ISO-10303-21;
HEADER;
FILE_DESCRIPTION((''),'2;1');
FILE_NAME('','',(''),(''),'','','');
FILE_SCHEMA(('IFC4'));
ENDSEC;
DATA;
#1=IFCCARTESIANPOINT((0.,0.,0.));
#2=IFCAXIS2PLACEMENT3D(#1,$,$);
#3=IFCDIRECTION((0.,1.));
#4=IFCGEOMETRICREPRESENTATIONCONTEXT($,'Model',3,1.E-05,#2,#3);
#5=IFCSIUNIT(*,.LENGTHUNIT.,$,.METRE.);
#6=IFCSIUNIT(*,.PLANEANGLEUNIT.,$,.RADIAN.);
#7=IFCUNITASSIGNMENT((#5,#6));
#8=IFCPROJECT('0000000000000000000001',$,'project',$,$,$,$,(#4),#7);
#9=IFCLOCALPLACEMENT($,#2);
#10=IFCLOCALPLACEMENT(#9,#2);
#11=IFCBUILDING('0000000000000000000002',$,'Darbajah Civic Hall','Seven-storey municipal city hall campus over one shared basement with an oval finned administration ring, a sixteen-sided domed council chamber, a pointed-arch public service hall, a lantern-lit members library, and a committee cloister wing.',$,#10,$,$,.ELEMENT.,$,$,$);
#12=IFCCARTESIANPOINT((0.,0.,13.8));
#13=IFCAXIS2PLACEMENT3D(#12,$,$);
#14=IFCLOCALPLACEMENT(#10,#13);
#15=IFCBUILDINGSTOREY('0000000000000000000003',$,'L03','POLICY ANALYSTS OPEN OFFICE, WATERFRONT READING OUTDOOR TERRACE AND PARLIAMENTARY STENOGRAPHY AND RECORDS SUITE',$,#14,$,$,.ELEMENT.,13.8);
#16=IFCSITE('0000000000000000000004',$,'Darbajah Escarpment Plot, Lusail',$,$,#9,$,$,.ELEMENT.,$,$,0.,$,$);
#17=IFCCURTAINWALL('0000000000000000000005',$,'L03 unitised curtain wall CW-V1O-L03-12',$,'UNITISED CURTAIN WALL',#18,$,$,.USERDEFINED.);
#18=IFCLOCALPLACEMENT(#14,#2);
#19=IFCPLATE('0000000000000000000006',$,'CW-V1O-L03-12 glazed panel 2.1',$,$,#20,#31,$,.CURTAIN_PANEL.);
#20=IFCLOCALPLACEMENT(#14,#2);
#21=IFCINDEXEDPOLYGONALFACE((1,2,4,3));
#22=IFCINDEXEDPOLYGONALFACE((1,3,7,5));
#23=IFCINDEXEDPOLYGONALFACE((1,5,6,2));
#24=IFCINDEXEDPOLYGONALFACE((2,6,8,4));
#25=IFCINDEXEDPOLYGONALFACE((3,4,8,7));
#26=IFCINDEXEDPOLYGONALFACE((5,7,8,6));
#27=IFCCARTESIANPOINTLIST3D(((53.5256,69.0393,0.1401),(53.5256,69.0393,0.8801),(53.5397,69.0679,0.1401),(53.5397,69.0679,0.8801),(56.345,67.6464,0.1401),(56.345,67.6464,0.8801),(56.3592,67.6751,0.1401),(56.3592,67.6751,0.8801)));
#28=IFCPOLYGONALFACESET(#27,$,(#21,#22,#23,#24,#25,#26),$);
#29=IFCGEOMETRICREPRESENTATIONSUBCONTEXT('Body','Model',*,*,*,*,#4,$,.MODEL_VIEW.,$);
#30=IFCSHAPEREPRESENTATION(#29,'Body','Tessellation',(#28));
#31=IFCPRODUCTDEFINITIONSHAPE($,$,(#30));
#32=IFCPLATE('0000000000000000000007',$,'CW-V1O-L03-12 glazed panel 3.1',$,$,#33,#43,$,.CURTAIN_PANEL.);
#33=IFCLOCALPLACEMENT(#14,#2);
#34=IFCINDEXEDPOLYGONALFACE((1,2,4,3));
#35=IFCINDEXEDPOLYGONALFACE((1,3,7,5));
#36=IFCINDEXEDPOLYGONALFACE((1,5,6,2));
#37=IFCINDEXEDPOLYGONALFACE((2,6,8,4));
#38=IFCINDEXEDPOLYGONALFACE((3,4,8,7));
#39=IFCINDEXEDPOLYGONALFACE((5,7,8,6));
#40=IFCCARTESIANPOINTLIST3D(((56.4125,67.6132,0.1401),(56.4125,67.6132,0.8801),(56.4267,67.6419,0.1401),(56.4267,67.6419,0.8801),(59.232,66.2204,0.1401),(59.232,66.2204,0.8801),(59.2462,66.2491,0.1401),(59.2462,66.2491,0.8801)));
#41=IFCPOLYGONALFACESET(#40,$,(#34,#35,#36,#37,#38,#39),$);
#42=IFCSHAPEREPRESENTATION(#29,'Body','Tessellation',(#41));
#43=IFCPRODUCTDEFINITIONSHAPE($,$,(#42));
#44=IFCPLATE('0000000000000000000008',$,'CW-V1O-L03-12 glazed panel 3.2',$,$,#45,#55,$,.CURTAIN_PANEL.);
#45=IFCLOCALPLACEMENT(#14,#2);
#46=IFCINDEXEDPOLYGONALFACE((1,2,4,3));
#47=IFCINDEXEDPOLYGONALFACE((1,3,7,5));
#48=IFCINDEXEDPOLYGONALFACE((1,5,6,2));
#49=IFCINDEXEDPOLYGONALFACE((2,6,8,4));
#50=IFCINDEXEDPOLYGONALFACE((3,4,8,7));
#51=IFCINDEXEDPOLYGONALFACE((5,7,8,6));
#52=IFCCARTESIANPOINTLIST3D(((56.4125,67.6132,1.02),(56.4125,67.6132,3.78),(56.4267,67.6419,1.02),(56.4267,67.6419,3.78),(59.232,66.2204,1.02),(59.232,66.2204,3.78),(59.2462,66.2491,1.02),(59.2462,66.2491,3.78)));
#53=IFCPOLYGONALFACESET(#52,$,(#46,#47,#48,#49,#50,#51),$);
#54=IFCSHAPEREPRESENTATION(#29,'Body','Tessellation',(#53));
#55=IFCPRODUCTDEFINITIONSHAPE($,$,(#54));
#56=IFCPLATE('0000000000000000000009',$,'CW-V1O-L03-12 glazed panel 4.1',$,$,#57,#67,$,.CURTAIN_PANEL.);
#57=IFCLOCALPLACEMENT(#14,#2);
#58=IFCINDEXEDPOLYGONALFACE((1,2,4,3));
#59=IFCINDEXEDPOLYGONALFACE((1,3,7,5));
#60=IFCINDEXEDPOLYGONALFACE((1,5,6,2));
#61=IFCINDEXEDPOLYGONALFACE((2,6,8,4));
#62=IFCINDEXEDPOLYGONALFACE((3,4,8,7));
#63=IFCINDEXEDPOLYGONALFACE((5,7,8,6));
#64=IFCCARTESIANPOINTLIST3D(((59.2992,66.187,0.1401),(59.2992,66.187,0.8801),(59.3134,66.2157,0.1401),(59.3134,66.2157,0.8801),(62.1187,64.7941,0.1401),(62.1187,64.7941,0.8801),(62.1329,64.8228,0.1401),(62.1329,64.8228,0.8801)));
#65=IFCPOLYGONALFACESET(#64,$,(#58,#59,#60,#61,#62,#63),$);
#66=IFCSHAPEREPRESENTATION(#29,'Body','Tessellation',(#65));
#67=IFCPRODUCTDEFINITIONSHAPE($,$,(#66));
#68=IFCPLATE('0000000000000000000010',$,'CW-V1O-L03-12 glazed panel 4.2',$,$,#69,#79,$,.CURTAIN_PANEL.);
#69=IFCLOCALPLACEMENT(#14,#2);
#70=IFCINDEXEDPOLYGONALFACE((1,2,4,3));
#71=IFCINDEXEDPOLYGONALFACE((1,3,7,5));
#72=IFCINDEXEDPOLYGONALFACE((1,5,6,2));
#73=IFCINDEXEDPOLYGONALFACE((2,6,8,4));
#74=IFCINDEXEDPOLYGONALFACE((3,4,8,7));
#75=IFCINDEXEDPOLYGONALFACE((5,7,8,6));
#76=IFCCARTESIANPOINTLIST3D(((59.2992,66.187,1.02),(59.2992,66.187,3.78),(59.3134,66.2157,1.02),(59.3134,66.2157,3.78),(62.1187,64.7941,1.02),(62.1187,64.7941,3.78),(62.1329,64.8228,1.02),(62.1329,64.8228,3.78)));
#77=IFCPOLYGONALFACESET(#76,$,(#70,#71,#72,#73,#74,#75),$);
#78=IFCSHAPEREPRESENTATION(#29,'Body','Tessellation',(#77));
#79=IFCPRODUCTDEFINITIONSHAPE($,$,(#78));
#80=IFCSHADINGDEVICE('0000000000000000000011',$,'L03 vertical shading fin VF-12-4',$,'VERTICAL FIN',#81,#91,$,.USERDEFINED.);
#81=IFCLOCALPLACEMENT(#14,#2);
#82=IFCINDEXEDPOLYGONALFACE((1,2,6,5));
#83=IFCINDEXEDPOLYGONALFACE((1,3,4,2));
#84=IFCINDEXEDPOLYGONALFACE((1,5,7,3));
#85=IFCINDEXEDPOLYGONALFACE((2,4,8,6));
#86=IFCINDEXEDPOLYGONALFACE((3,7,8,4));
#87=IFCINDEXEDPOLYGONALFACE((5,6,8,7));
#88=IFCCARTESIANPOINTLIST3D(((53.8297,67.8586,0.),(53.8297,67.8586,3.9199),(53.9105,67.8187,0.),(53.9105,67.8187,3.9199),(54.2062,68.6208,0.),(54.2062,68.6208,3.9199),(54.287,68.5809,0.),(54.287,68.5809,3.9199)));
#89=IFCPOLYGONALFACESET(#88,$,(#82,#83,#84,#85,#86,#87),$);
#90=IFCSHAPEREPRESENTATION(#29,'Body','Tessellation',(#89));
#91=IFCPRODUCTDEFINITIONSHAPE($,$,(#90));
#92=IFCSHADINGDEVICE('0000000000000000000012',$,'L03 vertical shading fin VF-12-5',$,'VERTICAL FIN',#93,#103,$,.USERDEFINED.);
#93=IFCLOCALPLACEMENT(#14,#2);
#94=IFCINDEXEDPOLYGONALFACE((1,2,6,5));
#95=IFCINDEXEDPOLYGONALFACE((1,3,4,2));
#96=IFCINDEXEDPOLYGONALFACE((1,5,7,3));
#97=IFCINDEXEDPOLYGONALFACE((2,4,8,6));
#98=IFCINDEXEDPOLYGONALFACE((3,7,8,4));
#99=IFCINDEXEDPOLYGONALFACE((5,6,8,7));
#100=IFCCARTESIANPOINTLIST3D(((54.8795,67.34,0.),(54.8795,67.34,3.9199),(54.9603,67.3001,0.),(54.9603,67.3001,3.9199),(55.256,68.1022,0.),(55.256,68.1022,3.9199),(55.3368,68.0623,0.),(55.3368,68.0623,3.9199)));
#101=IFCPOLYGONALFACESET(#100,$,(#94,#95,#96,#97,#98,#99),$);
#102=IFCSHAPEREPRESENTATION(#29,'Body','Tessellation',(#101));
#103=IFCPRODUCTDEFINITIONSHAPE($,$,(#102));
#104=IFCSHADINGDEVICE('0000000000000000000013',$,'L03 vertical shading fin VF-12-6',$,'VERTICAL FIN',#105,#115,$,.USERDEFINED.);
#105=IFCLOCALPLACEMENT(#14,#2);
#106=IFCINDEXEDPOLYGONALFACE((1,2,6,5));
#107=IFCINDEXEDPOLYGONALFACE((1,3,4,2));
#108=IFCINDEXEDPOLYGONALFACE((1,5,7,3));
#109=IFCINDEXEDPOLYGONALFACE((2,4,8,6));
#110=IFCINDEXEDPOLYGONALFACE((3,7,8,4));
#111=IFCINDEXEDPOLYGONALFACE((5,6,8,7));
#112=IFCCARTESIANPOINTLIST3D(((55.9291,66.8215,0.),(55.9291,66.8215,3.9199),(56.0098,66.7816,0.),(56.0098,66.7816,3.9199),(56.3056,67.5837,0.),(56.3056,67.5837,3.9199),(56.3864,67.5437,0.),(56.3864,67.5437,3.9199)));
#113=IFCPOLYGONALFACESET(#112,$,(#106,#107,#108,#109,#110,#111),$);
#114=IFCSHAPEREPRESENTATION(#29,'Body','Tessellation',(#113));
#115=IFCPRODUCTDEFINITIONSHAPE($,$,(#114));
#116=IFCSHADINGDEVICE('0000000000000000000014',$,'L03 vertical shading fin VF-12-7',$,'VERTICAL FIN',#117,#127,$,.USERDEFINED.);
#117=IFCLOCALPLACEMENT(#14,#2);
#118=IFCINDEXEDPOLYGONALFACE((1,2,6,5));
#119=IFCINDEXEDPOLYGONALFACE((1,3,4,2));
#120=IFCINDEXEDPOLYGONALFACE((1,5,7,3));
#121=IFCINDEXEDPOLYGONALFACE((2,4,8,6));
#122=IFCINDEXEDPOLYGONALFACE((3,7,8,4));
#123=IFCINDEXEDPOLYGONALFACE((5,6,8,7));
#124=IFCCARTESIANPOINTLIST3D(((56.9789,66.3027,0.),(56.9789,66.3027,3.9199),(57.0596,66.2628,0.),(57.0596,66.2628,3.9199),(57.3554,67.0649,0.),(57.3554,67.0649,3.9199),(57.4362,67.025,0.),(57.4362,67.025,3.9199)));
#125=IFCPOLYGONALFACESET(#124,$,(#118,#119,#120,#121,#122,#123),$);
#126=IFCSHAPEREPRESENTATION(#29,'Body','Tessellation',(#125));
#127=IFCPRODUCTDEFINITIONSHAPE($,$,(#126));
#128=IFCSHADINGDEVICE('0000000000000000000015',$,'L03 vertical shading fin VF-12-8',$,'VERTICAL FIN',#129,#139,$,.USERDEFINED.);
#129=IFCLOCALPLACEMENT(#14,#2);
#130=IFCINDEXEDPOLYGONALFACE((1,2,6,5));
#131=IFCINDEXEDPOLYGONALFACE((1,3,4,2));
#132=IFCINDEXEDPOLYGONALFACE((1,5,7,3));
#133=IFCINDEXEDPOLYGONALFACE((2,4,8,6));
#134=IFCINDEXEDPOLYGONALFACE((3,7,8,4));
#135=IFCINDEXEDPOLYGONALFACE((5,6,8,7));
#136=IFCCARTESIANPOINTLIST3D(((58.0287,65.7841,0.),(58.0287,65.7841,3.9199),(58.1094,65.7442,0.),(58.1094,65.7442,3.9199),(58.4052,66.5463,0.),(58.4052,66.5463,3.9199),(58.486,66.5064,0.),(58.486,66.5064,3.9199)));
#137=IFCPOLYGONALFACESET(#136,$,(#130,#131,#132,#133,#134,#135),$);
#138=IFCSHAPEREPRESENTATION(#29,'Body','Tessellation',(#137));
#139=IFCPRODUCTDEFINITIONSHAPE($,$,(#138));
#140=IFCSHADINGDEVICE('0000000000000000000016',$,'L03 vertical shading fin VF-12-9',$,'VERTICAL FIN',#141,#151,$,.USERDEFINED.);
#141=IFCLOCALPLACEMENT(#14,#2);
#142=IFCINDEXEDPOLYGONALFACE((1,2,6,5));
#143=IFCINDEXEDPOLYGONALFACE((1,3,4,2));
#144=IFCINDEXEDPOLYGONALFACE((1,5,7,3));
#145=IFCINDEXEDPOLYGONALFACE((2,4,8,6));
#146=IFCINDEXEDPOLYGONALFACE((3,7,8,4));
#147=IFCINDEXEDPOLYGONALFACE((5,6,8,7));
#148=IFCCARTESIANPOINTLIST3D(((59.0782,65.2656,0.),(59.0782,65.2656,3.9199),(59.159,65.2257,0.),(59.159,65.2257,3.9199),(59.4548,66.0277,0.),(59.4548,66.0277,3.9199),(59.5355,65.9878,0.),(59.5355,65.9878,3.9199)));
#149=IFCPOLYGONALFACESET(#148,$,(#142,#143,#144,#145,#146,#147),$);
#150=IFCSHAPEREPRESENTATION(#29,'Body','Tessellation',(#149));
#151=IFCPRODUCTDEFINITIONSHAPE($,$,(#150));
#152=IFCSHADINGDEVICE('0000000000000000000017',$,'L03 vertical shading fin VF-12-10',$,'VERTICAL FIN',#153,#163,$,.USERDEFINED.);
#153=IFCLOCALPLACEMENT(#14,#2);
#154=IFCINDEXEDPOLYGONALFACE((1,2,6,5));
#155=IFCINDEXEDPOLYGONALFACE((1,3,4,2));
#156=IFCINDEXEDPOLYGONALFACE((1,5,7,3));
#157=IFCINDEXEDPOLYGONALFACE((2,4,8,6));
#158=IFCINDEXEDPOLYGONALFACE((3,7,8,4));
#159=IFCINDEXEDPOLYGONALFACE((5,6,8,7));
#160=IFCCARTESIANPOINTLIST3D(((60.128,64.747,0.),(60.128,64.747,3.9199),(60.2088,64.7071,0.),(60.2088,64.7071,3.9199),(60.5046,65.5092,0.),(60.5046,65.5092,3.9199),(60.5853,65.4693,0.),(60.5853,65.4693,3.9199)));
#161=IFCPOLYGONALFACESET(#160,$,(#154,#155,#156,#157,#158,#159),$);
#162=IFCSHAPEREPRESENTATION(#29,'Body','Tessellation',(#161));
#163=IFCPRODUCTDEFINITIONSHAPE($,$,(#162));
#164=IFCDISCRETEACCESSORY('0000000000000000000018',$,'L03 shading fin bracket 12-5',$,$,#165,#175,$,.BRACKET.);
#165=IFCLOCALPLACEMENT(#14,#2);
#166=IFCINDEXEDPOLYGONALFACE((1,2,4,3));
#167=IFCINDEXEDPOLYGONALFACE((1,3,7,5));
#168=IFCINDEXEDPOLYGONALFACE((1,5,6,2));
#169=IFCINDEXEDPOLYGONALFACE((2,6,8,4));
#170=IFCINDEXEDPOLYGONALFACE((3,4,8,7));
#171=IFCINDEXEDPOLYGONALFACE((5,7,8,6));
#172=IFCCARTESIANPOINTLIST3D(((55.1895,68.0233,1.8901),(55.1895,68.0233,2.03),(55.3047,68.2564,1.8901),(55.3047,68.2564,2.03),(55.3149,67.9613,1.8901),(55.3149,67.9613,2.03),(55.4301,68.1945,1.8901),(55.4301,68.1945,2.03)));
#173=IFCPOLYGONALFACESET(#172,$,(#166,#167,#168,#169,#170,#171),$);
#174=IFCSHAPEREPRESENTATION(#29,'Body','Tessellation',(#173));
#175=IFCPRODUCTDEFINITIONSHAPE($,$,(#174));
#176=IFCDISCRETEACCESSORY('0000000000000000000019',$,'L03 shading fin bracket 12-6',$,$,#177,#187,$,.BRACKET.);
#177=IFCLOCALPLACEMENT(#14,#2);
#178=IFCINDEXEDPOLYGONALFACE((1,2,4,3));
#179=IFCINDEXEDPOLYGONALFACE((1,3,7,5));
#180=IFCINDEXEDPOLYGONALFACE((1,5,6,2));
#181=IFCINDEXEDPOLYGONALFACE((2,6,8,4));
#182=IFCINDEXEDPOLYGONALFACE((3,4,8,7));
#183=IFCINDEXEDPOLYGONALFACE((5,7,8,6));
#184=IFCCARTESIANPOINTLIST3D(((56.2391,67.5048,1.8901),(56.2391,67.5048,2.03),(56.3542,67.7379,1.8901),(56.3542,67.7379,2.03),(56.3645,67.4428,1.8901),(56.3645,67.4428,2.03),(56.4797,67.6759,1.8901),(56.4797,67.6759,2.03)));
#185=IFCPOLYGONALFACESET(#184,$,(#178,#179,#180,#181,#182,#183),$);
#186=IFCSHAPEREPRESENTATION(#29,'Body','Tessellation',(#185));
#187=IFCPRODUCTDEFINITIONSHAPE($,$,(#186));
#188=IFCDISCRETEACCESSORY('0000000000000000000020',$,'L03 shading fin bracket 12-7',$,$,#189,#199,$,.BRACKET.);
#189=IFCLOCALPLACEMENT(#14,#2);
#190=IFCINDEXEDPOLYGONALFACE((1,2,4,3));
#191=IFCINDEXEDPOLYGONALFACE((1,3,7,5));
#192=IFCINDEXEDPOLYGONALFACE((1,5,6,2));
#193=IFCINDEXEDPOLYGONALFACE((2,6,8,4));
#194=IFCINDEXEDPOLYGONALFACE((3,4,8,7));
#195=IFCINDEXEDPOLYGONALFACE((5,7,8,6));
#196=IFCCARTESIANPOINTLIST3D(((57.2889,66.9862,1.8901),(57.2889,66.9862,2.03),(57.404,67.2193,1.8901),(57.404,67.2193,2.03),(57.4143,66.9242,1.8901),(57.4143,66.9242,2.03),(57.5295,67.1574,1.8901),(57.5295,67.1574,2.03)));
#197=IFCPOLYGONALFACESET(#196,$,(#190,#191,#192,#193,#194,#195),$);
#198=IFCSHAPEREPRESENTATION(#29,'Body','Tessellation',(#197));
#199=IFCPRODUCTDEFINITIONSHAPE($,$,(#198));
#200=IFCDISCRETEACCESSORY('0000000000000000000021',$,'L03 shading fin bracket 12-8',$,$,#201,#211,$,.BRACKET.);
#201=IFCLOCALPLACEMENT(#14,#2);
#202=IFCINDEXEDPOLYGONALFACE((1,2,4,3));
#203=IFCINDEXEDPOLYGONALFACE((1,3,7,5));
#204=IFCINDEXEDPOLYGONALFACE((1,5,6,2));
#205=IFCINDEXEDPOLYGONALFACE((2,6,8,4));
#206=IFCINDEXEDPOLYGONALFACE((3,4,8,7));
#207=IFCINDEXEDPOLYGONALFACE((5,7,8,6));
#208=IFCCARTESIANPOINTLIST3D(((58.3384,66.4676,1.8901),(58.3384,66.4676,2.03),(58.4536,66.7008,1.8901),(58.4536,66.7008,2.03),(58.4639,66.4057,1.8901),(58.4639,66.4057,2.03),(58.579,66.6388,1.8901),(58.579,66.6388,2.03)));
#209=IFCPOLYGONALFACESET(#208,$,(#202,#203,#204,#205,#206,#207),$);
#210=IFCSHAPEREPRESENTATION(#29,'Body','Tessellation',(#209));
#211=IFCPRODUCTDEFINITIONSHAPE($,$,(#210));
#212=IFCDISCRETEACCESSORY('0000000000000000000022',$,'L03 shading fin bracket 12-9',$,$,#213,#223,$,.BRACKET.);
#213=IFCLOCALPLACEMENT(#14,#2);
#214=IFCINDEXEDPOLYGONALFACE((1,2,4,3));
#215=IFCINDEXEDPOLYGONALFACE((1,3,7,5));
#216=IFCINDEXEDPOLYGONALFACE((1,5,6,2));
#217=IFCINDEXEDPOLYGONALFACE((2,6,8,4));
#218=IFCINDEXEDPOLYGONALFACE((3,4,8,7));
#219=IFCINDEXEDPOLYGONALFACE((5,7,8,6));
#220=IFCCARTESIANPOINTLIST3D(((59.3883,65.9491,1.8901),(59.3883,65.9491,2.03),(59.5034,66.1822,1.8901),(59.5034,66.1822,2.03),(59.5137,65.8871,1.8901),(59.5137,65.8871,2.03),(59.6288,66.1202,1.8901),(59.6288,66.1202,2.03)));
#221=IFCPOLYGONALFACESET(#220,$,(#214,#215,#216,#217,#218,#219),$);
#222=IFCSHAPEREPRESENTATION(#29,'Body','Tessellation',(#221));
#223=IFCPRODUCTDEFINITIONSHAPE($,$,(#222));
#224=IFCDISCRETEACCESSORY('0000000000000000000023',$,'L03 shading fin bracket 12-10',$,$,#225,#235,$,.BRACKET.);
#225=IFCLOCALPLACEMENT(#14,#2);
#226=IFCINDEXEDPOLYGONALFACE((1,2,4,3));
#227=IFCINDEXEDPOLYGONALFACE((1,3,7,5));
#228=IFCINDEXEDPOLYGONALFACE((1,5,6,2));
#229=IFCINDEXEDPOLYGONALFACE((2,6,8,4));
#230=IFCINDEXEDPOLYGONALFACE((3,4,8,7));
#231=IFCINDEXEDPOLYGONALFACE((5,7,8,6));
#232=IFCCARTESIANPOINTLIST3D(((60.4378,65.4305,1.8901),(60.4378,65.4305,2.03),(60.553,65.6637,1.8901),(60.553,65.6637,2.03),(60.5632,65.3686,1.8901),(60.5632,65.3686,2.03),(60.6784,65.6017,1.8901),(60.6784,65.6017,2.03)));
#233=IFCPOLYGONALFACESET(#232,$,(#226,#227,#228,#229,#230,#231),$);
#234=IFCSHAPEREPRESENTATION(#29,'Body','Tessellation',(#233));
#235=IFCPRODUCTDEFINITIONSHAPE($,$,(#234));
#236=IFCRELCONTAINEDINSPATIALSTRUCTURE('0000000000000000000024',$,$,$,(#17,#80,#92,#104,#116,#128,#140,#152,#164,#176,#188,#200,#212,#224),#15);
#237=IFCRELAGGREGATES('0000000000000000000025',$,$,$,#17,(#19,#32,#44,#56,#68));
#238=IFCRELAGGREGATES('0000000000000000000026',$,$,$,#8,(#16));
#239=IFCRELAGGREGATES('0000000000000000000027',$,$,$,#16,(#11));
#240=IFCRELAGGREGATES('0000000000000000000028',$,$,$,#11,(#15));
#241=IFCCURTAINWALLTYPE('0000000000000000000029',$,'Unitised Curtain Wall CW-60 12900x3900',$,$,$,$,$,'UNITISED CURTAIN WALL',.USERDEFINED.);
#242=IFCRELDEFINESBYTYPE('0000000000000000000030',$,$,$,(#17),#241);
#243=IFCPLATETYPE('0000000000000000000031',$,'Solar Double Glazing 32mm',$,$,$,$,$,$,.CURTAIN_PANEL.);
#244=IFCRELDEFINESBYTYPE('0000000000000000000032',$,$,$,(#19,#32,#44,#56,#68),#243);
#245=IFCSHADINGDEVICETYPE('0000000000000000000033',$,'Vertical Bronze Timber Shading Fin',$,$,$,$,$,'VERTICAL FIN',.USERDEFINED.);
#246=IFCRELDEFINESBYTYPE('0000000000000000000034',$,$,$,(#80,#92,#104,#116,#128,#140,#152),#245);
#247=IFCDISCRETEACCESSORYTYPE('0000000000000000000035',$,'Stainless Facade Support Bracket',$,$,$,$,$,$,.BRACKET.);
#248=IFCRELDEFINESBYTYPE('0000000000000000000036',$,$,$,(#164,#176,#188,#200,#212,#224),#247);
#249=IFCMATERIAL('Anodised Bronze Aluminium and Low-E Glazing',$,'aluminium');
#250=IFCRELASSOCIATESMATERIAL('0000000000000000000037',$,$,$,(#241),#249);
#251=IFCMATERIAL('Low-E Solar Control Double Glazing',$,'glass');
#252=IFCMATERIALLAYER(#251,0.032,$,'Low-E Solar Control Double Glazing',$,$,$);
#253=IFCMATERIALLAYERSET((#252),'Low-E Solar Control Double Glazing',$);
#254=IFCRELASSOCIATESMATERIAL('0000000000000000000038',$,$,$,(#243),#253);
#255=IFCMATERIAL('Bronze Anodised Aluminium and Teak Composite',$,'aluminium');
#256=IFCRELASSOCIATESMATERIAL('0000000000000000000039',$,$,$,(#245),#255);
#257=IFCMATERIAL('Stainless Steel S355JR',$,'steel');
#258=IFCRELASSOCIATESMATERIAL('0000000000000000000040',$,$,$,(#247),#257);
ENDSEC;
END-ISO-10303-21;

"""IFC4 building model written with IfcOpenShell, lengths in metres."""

from ifc_helpers import new_model, si_unit, direction, frame, origin, origin_2d, place, context, subcontext, project, spatial, rectangle, extrude, material, layer, layer_set, type_object, element, aggregate, save


model = new_model("IFC4")

# Units and contexts
model_context = context("Model", 3, precision=1e-05, world=origin(), true_north=direction((0.0, 1.0)))
body_context = subcontext(model_context, "Body", "Model", "MODEL_VIEW")
ifc_project = project(units=[si_unit("LENGTHUNIT", "METRE"), si_unit("PLANEANGLEUNIT", "RADIAN")], contexts=[model_context])

# Site, building, storey
site_placement = place(None, origin())
site = spatial("IfcSite", under=ifc_project, at=site_placement, Name="Darbajah Escarpment Plot, Lusail", CompositionType="ELEMENT", RefElevation=0.0)
building_placement = place(site_placement, origin())
building = spatial("IfcBuilding", under=site, at=building_placement, Name="Darbajah Civic Hall", Description="Seven-storey municipal city hall campus over one shared basement with an oval finned administration ring, a sixteen-sided domed council chamber, a pointed-arch public service hall, a lantern-lit members library, and a committee cloister wing.", CompositionType="ELEMENT")
storey_placement = place(building_placement, frame((0.0, 0.0, 13.8)))
storey = spatial("IfcBuildingStorey", under=building, at=storey_placement, Name="L03", Description="POLICY ANALYSTS OPEN OFFICE, WATERFRONT READING OUTDOOR TERRACE AND PARLIAMENTARY STENOGRAPHY AND RECORDS SUITE", CompositionType="ELEMENT", Elevation=13.8)

# Curtain wall
ifc_material_1 = material(Name="Anodised Bronze Aluminium and Low-E Glazing", Category="aluminium")
curtain_wall_type = type_object("IfcCurtainWallType", Name="Unitised Curtain Wall CW-60 12900x3900", ElementType="UNITISED CURTAIN WALL", PredefinedType="USERDEFINED", material=ifc_material_1)
curtain_wall_placement = place(storey_placement, origin())
curtain_wall = element("IfcCurtainWall", 1, at=curtain_wall_placement, inside=storey, type_object=curtain_wall_type, Name="L03 unitised curtain wall CW-V1O-L03-12", ObjectType="UNITISED CURTAIN WALL", PredefinedType="USERDEFINED")

# Plates
ifc_material_2 = material(Name="Low-E Solar Control Double Glazing", Category="glass")
ifc_layer = layer(ifc_material_2, 0.032, Name="Low-E Solar Control Double Glazing")
ifc_layer_set = layer_set([ifc_layer], Name="Low-E Solar Control Double Glazing")
plate_type = type_object("IfcPlateType", Name="Solar Double Glazing 32mm", PredefinedType="CURTAIN_PANEL", material=ifc_layer_set)
plate_1_placement = place(storey_placement, frame((54.9424, 68.3572, 0.1401), z_axis=(0.0, 0.0, 1.0), x_axis=(0.896564, -0.442915, 0.0)))
plate_1 = element("IfcPlate", 2, at=plate_1_placement, type_object=plate_type, Name="CW-V1O-L03-12 glazed panel 2.1", PredefinedType="CURTAIN_PANEL", context=body_context, shape_type="SweptSolid", body=[
    extrude(rectangle(XDim=3.1448, YDim=0.032, at=origin_2d()), origin(), (0.0, 0.0, 1.0), 0.74),
])
plate_2_placement = place(storey_placement, frame((57.8293, 66.9312, 0.1401), z_axis=(0.0, 0.0, 1.0), x_axis=(0.896564, -0.442915, 0.0)))
plate_2 = element("IfcPlate", 3, at=plate_2_placement, type_object=plate_type, Name="CW-V1O-L03-12 glazed panel 3.1", PredefinedType="CURTAIN_PANEL", context=body_context, shape_type="SweptSolid", body=[
    extrude(rectangle(XDim=3.1448, YDim=0.032, at=origin_2d()), origin(), (0.0, 0.0, 1.0), 0.74),
])
plate_3_placement = place(storey_placement, frame((57.8293, 66.9312, 1.02), z_axis=(0.0, 0.0, 1.0), x_axis=(0.896564, -0.442915, 0.0)))
plate_3 = element("IfcPlate", 4, at=plate_3_placement, type_object=plate_type, Name="CW-V1O-L03-12 glazed panel 3.2", PredefinedType="CURTAIN_PANEL", context=body_context, shape_type="SweptSolid", body=[
    extrude(rectangle(XDim=3.1448, YDim=0.032, at=origin_2d()), origin(), (0.0, 0.0, 1.0), 2.76),
])
plate_4_placement = place(storey_placement, frame((60.7161, 65.5049, 0.1401), z_axis=(0.0, 0.0, 1.0), x_axis=(0.896564, -0.442915, 0.0)))
plate_4 = element("IfcPlate", 5, at=plate_4_placement, type_object=plate_type, Name="CW-V1O-L03-12 glazed panel 4.1", PredefinedType="CURTAIN_PANEL", context=body_context, shape_type="SweptSolid", body=[
    extrude(rectangle(XDim=3.1448, YDim=0.032, at=origin_2d()), origin(), (0.0, 0.0, 1.0), 0.74),
])
plate_5_placement = place(storey_placement, frame((60.7161, 65.5049, 1.02), z_axis=(0.0, 0.0, 1.0), x_axis=(0.896564, -0.442915, 0.0)))
plate_5 = element("IfcPlate", 6, at=plate_5_placement, type_object=plate_type, Name="CW-V1O-L03-12 glazed panel 4.2", PredefinedType="CURTAIN_PANEL", context=body_context, shape_type="SweptSolid", body=[
    extrude(rectangle(XDim=3.1448, YDim=0.032, at=origin_2d()), origin(), (0.0, 0.0, 1.0), 2.76),
])
aggregate(curtain_wall, [plate_1, plate_2, plate_3, plate_4, plate_5])

# Shading devices
ifc_material_3 = material(Name="Bronze Anodised Aluminium and Teak Composite", Category="aluminium")
shading_device_type = type_object("IfcShadingDeviceType", Name="Vertical Bronze Timber Shading Fin", ElementType="VERTICAL FIN", PredefinedType="USERDEFINED", material=ifc_material_3)
for number, where, z_axis, x_axis, name in (
    (7, (54.0583, 68.2197, 0.0), (0.0, 0.0, 1.0), (-0.442915, -0.896564, 0.0), "L03 vertical shading fin VF-12-4"),
    (8, (55.1082, 67.7012, 0.0), (0.0, 0.0, 1.0), (-0.442915, -0.896564, 0.0), "L03 vertical shading fin VF-12-5"),
    (9, (56.1577, 67.1826, 0.0), (0.0, 0.0, 1.0), (-0.442915, -0.896564, 0.0), "L03 vertical shading fin VF-12-6"),
    (10, (57.2075, 66.6638, 0.0), (0.0, 0.0, 1.0), (-0.442915, -0.896564, 0.0), "L03 vertical shading fin VF-12-7"),
    (11, (58.2573, 66.1453, 0.0), (0.0, 0.0, 1.0), (-0.442915, -0.896564, 0.0), "L03 vertical shading fin VF-12-8"),
    (12, (59.3069, 65.6267, 0.0), (0.0, 0.0, 1.0), (-0.442915, -0.896564, 0.0), "L03 vertical shading fin VF-12-9"),
    (13, (60.3567, 65.1082, 0.0), (0.0, 0.0, 1.0), (-0.442915, -0.896564, 0.0), "L03 vertical shading fin VF-12-10"),
):
    element("IfcShadingDevice", number, at=place(storey_placement, frame(where, z_axis=z_axis, x_axis=x_axis)), inside=storey, type_object=shading_device_type, Name=name, ObjectType="VERTICAL FIN", PredefinedType="USERDEFINED", context=body_context, shape_type="SweptSolid", body=[
        extrude(rectangle(XDim=0.8501, YDim=0.0901, at=origin_2d()), origin(), (0.0, 0.0, 1.0), 3.9199),
    ])

# Discrete accessories
ifc_material_4 = material(Name="Stainless Steel S355JR", Category="steel")
discrete_accessory_type = type_object("IfcDiscreteAccessoryType", Name="Stainless Facade Support Bracket", PredefinedType="BRACKET", material=ifc_material_4)
for number, where, z_axis, x_axis, name in (
    (14, (55.3098, 68.1089, 1.8901), (0.0, 0.0, 1.0), (-0.442915, -0.896564, 0.0), "L03 shading fin bracket 12-5"),
    (15, (56.3594, 67.5903, 1.8901), (0.0, 0.0, 1.0), (-0.442915, -0.896564, 0.0), "L03 shading fin bracket 12-6"),
    (16, (57.4092, 67.0718, 1.8901), (0.0, 0.0, 1.0), (-0.442915, -0.896564, 0.0), "L03 shading fin bracket 12-7"),
    (17, (58.4587, 66.5532, 1.8901), (0.0, 0.0, 1.0), (-0.442915, -0.896564, 0.0), "L03 shading fin bracket 12-8"),
    (18, (59.5085, 66.0347, 1.8901), (0.0, 0.0, 1.0), (-0.442915, -0.896564, 0.0), "L03 shading fin bracket 12-9"),
    (19, (60.5581, 65.5161, 1.8901), (0.0, 0.0, 1.0), (-0.442915, -0.896564, 0.0), "L03 shading fin bracket 12-10"),
):
    element("IfcDiscreteAccessory", number, at=place(storey_placement, frame(where, z_axis=z_axis, x_axis=x_axis)), inside=storey, type_object=discrete_accessory_type, Name=name, PredefinedType="BRACKET", context=body_context, shape_type="SweptSolid", body=[
        extrude(rectangle(XDim=0.26, YDim=0.1399, at=origin_2d()), origin(), (0.0, 0.0, 1.0), 0.1399),
    ])

save(model, "model.ifc")
